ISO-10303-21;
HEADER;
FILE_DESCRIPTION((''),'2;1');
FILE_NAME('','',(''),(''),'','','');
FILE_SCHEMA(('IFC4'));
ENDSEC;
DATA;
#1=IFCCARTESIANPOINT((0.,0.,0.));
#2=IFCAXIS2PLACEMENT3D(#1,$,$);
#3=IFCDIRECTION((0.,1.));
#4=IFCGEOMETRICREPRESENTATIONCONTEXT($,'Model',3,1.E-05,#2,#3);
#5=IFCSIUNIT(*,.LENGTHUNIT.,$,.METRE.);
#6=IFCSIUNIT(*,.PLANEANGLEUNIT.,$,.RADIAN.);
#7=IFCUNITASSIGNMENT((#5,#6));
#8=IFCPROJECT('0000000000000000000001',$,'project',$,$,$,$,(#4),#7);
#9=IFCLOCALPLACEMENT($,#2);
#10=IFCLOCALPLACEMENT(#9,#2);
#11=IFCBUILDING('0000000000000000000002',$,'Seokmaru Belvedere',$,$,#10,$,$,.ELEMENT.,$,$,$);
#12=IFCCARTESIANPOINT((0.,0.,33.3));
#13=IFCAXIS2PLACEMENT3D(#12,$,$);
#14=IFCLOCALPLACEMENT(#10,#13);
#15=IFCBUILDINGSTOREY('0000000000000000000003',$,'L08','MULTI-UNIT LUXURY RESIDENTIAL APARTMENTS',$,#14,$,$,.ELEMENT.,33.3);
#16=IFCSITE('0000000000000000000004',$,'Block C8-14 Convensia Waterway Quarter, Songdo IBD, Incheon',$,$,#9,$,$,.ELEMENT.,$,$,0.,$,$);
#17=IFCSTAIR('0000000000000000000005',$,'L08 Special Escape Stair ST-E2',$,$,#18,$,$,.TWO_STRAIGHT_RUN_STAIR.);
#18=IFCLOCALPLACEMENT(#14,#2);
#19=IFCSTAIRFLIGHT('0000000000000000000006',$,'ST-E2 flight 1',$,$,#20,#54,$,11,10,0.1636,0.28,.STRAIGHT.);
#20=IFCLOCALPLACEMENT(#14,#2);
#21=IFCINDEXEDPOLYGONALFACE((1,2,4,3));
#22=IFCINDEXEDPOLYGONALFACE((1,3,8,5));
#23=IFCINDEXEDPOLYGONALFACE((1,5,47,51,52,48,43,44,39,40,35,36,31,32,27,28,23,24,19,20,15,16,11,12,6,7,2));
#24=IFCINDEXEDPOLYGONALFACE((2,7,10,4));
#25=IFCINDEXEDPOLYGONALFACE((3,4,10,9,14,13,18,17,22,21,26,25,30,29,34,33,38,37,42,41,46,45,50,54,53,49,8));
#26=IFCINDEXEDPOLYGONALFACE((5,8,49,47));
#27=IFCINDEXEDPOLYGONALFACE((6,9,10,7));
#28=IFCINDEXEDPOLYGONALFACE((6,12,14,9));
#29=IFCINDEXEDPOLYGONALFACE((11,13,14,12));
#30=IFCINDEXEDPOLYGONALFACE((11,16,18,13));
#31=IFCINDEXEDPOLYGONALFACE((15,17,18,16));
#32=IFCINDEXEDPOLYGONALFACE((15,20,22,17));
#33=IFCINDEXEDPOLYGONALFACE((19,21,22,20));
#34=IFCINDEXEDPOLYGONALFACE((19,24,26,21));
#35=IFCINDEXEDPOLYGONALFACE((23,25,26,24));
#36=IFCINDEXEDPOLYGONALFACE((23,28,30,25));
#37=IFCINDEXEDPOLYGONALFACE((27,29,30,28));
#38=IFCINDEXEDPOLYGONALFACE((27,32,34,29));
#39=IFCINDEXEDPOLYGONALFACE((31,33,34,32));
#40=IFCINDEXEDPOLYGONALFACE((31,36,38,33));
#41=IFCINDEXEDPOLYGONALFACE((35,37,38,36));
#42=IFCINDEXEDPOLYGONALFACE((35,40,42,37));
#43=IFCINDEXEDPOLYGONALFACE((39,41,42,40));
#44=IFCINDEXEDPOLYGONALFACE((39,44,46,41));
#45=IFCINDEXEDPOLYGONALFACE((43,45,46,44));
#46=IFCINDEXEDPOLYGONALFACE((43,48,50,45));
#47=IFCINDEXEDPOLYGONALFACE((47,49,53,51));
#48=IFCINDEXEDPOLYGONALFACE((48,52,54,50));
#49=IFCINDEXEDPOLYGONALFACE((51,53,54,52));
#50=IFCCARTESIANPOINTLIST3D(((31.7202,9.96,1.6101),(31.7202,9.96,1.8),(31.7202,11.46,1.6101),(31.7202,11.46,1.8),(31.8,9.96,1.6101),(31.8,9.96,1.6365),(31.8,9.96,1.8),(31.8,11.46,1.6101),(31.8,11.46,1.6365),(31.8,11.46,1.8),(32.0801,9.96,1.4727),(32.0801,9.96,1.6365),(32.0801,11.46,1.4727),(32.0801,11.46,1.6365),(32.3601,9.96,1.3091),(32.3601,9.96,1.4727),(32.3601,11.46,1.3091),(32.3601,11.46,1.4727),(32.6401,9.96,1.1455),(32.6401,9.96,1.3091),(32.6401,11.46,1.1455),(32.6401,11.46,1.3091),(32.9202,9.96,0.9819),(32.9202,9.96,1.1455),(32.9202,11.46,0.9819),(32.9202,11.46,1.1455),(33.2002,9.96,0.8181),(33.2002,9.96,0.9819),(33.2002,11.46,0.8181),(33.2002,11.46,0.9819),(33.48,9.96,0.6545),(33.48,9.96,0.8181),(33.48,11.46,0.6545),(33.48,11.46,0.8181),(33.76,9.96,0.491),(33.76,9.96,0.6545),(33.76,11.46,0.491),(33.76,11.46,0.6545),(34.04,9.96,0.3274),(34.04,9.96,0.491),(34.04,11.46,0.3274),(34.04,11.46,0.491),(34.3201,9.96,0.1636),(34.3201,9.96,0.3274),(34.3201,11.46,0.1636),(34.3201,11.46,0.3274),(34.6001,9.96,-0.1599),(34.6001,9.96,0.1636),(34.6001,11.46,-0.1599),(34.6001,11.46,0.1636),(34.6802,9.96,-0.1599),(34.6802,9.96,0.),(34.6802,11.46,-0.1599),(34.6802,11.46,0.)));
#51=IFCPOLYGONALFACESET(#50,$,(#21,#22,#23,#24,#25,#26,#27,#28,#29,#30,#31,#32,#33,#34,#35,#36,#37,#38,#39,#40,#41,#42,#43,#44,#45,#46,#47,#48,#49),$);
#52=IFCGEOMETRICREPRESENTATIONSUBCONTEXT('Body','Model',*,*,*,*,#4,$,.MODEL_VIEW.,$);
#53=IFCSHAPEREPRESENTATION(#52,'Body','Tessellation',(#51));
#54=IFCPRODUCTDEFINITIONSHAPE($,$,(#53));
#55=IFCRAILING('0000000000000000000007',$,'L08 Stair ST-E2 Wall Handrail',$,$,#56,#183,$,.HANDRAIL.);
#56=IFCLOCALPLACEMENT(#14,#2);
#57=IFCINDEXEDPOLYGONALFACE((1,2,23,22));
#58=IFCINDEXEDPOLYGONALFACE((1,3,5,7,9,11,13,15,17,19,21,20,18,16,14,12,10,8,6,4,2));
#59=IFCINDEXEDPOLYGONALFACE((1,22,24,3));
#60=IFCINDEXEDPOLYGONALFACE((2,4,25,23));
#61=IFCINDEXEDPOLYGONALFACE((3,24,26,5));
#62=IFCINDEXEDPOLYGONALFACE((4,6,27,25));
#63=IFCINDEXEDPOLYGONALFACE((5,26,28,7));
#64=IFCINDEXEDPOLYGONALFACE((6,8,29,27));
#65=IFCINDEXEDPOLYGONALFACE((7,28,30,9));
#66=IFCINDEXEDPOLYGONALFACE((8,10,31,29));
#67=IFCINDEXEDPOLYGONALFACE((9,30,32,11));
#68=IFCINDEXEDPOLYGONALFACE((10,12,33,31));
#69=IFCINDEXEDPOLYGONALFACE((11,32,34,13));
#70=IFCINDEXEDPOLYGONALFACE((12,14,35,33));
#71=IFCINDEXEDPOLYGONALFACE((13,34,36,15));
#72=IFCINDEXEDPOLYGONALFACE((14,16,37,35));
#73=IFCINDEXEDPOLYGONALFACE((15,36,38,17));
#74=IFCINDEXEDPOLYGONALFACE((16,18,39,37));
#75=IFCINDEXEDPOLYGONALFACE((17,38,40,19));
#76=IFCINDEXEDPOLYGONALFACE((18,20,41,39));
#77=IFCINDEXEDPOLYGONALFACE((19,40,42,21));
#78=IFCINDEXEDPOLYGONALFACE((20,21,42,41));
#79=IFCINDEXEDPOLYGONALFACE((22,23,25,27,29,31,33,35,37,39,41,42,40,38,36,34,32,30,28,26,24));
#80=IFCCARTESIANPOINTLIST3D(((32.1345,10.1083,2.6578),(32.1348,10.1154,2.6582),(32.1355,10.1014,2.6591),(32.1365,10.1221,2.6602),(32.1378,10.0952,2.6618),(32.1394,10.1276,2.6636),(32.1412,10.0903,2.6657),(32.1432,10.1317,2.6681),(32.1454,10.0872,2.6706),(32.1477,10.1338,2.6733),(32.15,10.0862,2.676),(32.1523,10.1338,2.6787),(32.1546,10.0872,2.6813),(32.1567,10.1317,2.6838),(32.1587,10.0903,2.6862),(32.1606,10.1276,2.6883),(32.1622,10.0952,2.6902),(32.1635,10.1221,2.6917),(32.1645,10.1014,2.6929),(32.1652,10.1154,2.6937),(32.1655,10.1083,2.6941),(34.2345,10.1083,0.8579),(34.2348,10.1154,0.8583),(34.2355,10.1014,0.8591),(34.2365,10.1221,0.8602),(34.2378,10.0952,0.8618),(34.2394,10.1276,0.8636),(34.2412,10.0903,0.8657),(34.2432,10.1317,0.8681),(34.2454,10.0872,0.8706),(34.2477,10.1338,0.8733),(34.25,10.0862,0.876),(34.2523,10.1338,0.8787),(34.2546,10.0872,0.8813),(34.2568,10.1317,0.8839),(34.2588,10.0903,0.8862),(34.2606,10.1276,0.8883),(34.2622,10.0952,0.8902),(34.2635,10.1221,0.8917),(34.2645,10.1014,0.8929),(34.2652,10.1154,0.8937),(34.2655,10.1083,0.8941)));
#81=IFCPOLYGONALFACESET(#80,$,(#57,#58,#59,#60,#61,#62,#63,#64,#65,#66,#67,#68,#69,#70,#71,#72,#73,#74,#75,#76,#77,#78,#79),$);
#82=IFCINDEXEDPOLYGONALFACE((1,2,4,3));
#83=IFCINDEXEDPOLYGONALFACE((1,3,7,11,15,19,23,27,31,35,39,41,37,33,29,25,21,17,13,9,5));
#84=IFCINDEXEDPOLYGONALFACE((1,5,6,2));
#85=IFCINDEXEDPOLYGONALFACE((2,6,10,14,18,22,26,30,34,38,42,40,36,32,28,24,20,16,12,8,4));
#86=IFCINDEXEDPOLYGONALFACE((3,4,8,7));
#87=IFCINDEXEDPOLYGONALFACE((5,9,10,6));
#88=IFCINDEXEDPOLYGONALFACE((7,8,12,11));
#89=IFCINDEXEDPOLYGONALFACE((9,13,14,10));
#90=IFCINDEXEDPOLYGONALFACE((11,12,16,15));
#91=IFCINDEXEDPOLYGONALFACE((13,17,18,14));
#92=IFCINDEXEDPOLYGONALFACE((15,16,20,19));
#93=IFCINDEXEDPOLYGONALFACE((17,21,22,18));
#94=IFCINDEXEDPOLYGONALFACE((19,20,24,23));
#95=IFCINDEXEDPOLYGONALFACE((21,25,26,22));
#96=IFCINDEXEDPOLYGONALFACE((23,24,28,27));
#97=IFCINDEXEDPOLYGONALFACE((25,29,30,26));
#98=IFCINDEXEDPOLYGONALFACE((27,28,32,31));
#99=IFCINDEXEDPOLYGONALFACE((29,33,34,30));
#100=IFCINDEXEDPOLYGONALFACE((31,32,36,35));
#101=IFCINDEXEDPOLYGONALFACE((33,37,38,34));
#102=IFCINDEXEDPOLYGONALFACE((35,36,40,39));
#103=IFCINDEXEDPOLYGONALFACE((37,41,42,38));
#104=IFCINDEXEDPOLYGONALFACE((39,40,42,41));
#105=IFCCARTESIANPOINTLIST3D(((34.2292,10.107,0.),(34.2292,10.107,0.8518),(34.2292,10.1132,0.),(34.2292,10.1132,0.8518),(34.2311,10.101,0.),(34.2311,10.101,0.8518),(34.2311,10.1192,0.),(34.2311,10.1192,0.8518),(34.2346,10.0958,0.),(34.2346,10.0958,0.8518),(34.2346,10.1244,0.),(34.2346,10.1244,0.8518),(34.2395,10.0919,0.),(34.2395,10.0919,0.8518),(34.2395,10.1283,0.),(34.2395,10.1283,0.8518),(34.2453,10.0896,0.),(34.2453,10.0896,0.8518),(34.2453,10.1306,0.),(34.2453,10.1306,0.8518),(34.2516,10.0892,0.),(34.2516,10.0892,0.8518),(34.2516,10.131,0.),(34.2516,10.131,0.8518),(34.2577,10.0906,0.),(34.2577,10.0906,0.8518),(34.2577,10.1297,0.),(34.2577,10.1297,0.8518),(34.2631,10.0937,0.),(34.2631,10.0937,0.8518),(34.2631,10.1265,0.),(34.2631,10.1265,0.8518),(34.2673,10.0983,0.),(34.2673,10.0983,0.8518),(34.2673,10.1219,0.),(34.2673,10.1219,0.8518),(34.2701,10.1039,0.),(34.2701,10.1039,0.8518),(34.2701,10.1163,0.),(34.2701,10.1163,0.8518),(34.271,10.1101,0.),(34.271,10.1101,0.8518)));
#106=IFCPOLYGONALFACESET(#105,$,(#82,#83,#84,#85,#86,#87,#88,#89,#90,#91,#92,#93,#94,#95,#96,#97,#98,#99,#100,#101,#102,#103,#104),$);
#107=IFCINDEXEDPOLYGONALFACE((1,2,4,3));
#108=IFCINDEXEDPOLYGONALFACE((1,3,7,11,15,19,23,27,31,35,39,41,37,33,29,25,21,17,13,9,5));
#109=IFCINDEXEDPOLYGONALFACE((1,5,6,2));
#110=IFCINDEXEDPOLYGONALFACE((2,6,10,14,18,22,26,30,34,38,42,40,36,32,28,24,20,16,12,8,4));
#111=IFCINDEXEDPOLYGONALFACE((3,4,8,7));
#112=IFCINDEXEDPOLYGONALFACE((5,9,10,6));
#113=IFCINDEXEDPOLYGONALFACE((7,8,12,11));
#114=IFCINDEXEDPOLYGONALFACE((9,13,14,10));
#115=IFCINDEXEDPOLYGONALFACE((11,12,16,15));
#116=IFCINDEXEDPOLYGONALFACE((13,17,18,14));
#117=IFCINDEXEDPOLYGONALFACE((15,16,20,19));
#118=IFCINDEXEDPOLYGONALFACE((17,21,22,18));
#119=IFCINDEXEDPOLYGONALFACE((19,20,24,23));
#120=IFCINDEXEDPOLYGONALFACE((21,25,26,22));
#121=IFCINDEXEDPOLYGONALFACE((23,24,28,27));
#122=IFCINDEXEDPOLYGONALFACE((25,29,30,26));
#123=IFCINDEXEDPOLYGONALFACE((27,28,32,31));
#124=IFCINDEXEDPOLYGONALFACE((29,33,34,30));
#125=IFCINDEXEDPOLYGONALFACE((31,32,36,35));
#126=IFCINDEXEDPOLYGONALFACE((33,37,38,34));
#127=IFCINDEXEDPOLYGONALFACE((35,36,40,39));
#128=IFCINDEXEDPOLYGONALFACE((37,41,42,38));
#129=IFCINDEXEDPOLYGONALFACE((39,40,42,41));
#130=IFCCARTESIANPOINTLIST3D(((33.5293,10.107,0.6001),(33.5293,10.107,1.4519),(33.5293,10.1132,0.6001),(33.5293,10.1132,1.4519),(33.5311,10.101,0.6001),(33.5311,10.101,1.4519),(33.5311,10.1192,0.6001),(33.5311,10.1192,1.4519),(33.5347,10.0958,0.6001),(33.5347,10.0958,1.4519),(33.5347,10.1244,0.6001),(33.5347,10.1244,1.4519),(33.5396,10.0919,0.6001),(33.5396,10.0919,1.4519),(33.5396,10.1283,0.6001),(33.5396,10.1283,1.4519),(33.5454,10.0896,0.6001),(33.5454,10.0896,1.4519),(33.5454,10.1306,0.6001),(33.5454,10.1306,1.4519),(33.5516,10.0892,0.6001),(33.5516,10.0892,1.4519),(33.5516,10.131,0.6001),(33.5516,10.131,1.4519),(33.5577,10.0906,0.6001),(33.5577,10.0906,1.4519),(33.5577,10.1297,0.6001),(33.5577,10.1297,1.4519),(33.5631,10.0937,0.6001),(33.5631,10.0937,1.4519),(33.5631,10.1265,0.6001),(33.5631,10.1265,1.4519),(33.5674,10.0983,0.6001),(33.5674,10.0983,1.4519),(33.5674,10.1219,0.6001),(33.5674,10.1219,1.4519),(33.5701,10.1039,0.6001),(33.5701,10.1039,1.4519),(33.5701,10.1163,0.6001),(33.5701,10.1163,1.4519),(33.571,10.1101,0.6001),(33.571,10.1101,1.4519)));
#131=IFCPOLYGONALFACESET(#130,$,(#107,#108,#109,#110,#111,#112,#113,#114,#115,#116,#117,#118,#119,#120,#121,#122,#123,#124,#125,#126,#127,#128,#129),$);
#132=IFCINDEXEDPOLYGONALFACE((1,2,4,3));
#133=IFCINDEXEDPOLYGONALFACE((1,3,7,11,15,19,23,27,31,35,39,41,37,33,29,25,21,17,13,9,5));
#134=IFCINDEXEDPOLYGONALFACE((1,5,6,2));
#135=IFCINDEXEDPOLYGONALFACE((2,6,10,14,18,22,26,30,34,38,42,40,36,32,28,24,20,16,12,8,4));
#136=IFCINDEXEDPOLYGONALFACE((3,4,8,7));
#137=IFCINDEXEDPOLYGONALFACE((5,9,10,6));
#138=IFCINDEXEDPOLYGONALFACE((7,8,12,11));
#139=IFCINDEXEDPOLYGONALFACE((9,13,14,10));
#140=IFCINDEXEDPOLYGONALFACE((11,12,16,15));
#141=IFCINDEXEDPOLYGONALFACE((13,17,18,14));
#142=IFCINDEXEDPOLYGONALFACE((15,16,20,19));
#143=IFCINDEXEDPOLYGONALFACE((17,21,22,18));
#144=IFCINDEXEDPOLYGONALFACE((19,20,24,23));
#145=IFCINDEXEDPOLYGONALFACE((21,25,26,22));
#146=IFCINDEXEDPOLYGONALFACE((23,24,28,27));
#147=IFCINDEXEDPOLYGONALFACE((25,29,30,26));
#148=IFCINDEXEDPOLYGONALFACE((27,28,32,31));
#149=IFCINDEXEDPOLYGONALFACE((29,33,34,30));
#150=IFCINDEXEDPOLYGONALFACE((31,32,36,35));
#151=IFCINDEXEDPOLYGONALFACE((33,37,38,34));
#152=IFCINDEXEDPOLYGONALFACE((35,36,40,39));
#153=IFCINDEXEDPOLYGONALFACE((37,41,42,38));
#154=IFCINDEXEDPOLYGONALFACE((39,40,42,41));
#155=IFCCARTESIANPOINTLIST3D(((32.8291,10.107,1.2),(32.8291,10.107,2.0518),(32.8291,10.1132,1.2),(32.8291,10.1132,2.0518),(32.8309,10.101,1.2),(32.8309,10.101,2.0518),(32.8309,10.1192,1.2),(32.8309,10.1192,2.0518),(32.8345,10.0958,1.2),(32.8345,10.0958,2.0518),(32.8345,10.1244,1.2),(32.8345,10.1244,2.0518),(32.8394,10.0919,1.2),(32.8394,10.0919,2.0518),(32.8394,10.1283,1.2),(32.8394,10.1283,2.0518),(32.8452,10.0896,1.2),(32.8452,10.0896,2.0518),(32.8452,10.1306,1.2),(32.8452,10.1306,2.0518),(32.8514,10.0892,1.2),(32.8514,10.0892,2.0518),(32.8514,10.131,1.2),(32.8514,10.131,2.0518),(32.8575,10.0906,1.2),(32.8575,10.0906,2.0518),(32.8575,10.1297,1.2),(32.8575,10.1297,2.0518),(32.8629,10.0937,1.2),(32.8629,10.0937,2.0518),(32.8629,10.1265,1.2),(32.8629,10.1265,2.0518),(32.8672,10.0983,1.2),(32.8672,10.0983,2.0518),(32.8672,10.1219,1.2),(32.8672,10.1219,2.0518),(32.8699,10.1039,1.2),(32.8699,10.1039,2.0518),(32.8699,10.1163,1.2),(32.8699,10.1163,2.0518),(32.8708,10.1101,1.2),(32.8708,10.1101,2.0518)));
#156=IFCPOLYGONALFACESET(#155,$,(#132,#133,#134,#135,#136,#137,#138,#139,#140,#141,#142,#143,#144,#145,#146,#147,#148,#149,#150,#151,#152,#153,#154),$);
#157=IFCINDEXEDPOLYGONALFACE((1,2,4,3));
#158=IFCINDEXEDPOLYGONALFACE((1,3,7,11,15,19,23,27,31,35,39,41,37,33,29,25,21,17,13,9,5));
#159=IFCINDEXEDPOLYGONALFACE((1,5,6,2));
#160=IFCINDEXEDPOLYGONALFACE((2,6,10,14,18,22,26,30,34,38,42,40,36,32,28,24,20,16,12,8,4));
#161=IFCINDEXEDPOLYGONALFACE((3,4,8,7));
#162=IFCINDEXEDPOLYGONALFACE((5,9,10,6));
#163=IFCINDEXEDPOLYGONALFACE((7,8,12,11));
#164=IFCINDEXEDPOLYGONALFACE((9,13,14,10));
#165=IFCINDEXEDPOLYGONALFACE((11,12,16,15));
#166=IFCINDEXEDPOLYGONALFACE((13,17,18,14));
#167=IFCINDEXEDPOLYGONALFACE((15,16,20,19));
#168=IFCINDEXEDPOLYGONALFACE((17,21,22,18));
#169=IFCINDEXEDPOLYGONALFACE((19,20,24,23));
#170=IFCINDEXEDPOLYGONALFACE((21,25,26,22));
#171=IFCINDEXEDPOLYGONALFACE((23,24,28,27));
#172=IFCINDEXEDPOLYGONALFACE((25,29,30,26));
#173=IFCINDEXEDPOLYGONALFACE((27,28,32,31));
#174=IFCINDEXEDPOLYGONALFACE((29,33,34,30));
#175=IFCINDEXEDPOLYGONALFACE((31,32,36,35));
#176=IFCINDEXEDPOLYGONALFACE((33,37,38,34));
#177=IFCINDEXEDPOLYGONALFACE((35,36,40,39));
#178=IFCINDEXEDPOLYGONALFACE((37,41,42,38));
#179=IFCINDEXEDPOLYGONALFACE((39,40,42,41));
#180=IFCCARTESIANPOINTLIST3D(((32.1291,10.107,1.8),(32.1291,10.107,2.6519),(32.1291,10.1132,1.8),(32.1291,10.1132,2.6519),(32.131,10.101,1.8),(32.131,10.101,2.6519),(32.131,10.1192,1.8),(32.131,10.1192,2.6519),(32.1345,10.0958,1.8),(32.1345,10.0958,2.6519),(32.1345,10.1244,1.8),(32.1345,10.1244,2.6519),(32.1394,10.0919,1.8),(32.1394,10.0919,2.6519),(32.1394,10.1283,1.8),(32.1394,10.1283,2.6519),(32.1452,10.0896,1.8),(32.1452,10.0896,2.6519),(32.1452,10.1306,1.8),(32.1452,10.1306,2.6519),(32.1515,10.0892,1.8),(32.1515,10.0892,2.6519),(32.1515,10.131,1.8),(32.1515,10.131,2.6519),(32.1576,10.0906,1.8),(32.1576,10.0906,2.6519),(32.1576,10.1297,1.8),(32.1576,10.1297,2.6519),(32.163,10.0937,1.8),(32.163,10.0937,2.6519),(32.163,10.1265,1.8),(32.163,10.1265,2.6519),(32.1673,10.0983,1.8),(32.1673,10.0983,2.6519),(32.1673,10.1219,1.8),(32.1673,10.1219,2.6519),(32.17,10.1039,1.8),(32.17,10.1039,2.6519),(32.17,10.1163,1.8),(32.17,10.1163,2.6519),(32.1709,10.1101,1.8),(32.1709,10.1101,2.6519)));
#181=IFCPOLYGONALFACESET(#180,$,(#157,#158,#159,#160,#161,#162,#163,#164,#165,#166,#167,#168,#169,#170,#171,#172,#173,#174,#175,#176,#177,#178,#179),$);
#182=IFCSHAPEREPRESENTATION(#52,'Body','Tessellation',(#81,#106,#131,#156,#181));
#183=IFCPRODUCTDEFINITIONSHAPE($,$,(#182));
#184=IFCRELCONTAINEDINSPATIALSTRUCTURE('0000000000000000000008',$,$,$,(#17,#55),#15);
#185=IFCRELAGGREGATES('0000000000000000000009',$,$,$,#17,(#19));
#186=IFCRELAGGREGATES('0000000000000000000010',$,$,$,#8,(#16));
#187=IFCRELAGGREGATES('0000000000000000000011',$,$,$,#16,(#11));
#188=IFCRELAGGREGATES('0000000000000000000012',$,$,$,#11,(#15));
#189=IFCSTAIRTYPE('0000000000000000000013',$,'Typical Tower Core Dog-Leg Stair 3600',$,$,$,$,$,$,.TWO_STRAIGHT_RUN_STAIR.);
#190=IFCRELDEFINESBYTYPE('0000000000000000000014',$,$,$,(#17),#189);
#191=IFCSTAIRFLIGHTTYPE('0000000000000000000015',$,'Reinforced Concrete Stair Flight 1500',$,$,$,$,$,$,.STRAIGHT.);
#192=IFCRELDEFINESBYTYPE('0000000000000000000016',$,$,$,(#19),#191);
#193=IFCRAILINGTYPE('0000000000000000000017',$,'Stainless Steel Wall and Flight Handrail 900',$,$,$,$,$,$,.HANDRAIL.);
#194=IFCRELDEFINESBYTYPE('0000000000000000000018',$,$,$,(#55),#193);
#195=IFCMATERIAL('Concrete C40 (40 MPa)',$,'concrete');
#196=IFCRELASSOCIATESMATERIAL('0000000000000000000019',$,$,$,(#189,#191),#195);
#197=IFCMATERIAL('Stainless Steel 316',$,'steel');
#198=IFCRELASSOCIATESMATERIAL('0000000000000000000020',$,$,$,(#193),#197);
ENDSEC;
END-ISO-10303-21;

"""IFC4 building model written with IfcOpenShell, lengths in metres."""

from ifc_helpers import new_model, si_unit, direction, frame, origin, origin_2d, place, context, subcontext, project, spatial, polyline, circle, outline, extrude, material, type_object, element, aggregate, save


model = new_model("IFC4")

# Units and contexts
model_context = context("Model", 3, precision=1e-05, world=origin(), true_north=direction((0.0, 1.0)))
body_context = subcontext(model_context, "Body", "Model", "MODEL_VIEW")
ifc_project = project(units=[si_unit("LENGTHUNIT", "METRE"), si_unit("PLANEANGLEUNIT", "RADIAN")], contexts=[model_context])

# Site, building, storey
site_placement = place(None, origin())
site = spatial("IfcSite", under=ifc_project, at=site_placement, Name="Block C8-14 Convensia Waterway Quarter, Songdo IBD, Incheon", CompositionType="ELEMENT", RefElevation=0.0)
building_placement = place(site_placement, origin())
building = spatial("IfcBuilding", under=site, at=building_placement, Name="Seokmaru Belvedere", CompositionType="ELEMENT")
storey_placement = place(building_placement, frame((0.0, 0.0, 33.3)))
storey = spatial("IfcBuildingStorey", under=building, at=storey_placement, Name="L08", Description="MULTI-UNIT LUXURY RESIDENTIAL APARTMENTS", CompositionType="ELEMENT", Elevation=33.3)

# Stair, stair flight
ifc_material_1 = material(Name="Concrete C40 (40 MPa)", Category="concrete")
stair_type = type_object("IfcStairType", Name="Typical Tower Core Dog-Leg Stair 3600", PredefinedType="TWO_STRAIGHT_RUN_STAIR", material=ifc_material_1)
stair_placement = place(storey_placement, origin())
stair = element("IfcStair", 1, at=stair_placement, inside=storey, type_object=stair_type, Name="L08 Special Escape Stair ST-E2", PredefinedType="TWO_STRAIGHT_RUN_STAIR")
stair_flight_type = type_object("IfcStairFlightType", Name="Reinforced Concrete Stair Flight 1500", PredefinedType="STRAIGHT", material=ifc_material_1)
stair_flight_placement = place(storey_placement, frame((34.6001, 10.71, 0.0), z_axis=(0.0, 0.0, 1.0), x_axis=(-1.0, 0.0, 0.0)))
stair_flight = element("IfcStairFlight", 2, at=stair_flight_placement, type_object=stair_flight_type, Name="ST-E2 flight 1", NumberOfRisers=11, NumberOfTreads=10, PredefinedType="STRAIGHT", RiserHeight=0.1636, TreadLength=0.28, context=body_context, shape_type="SweptSolid", body=[
    extrude(outline(polyline([(-0.0801, 0.0), (0.0, 0.1636), (0.28, 0.1636), (0.28, 0.3274), (0.5601, 0.3274), (0.5601, 0.491), (0.8401, 0.491), (0.8401, 0.6545), (1.1201, 0.6545), (1.1201, 0.8181), (1.3999, 0.8181), (1.3999, 0.9819), (1.6799, 0.9819), (1.6799, 1.1455), (1.96, 1.1455), (1.96, 1.3091), (2.24, 1.3091), (2.24, 1.4727), (2.52, 1.4727), (2.52, 1.6365), (2.8, 1.6365), (2.8, 1.8), (2.8799, 1.8), (2.8799, 1.6101), (2.8, 1.6101), (0.0, -0.1599), (-0.0801, -0.1599), (-0.0801, 0.0)])), frame((0.0, 0.75, 0.0), z_axis=(0.0, -1.0, 0.0), x_axis=(1.0, 0.0, 0.0)), (0.0, 0.0, 1.0), 1.5),
])
aggregate(stair, [stair_flight])

# Railing
ifc_material_2 = material(Name="Stainless Steel 316", Category="steel")
railing_type_1 = type_object("IfcRailingType", Name="Stainless Steel Wall and Flight Handrail 900", PredefinedType="HANDRAIL", material=ifc_material_2)
railing_1_placement = place(storey_placement, frame((34.25, 10.1101, 0.0)))
element("IfcRailing", 3, at=railing_1_placement, inside=storey, type_object=railing_type_1, Name="L08 Stair ST-E2 Wall Handrail", PredefinedType="HANDRAIL", context=body_context, shape_type="SweptSolid", body=[
    extrude(circle(Radius=0.0239, at=origin_2d()), frame((0.0, 0.0, 0.876), z_axis=(-0.759263, 0.0, 0.650784), x_axis=(0.0, -1.0, 0.0)), (0.0, 0.0, 1.0), 2.7659),
    extrude(circle(Radius=0.021, at=origin_2d()), origin(), (0.0, 0.0, 1.0), 0.8518),
    extrude(circle(Radius=0.021, at=origin_2d()), frame((-0.7, 0.0, 0.6001)), (0.0, 0.0, 1.0), 0.8518),
    extrude(circle(Radius=0.021, at=origin_2d()), frame((-1.4001, 0.0, 1.2)), (0.0, 0.0, 1.0), 0.8518),
    extrude(circle(Radius=0.021, at=origin_2d()), frame((-2.1001, 0.0, 1.8)), (0.0, 0.0, 1.0), 0.8518),
])

save(model, "model.ifc")
